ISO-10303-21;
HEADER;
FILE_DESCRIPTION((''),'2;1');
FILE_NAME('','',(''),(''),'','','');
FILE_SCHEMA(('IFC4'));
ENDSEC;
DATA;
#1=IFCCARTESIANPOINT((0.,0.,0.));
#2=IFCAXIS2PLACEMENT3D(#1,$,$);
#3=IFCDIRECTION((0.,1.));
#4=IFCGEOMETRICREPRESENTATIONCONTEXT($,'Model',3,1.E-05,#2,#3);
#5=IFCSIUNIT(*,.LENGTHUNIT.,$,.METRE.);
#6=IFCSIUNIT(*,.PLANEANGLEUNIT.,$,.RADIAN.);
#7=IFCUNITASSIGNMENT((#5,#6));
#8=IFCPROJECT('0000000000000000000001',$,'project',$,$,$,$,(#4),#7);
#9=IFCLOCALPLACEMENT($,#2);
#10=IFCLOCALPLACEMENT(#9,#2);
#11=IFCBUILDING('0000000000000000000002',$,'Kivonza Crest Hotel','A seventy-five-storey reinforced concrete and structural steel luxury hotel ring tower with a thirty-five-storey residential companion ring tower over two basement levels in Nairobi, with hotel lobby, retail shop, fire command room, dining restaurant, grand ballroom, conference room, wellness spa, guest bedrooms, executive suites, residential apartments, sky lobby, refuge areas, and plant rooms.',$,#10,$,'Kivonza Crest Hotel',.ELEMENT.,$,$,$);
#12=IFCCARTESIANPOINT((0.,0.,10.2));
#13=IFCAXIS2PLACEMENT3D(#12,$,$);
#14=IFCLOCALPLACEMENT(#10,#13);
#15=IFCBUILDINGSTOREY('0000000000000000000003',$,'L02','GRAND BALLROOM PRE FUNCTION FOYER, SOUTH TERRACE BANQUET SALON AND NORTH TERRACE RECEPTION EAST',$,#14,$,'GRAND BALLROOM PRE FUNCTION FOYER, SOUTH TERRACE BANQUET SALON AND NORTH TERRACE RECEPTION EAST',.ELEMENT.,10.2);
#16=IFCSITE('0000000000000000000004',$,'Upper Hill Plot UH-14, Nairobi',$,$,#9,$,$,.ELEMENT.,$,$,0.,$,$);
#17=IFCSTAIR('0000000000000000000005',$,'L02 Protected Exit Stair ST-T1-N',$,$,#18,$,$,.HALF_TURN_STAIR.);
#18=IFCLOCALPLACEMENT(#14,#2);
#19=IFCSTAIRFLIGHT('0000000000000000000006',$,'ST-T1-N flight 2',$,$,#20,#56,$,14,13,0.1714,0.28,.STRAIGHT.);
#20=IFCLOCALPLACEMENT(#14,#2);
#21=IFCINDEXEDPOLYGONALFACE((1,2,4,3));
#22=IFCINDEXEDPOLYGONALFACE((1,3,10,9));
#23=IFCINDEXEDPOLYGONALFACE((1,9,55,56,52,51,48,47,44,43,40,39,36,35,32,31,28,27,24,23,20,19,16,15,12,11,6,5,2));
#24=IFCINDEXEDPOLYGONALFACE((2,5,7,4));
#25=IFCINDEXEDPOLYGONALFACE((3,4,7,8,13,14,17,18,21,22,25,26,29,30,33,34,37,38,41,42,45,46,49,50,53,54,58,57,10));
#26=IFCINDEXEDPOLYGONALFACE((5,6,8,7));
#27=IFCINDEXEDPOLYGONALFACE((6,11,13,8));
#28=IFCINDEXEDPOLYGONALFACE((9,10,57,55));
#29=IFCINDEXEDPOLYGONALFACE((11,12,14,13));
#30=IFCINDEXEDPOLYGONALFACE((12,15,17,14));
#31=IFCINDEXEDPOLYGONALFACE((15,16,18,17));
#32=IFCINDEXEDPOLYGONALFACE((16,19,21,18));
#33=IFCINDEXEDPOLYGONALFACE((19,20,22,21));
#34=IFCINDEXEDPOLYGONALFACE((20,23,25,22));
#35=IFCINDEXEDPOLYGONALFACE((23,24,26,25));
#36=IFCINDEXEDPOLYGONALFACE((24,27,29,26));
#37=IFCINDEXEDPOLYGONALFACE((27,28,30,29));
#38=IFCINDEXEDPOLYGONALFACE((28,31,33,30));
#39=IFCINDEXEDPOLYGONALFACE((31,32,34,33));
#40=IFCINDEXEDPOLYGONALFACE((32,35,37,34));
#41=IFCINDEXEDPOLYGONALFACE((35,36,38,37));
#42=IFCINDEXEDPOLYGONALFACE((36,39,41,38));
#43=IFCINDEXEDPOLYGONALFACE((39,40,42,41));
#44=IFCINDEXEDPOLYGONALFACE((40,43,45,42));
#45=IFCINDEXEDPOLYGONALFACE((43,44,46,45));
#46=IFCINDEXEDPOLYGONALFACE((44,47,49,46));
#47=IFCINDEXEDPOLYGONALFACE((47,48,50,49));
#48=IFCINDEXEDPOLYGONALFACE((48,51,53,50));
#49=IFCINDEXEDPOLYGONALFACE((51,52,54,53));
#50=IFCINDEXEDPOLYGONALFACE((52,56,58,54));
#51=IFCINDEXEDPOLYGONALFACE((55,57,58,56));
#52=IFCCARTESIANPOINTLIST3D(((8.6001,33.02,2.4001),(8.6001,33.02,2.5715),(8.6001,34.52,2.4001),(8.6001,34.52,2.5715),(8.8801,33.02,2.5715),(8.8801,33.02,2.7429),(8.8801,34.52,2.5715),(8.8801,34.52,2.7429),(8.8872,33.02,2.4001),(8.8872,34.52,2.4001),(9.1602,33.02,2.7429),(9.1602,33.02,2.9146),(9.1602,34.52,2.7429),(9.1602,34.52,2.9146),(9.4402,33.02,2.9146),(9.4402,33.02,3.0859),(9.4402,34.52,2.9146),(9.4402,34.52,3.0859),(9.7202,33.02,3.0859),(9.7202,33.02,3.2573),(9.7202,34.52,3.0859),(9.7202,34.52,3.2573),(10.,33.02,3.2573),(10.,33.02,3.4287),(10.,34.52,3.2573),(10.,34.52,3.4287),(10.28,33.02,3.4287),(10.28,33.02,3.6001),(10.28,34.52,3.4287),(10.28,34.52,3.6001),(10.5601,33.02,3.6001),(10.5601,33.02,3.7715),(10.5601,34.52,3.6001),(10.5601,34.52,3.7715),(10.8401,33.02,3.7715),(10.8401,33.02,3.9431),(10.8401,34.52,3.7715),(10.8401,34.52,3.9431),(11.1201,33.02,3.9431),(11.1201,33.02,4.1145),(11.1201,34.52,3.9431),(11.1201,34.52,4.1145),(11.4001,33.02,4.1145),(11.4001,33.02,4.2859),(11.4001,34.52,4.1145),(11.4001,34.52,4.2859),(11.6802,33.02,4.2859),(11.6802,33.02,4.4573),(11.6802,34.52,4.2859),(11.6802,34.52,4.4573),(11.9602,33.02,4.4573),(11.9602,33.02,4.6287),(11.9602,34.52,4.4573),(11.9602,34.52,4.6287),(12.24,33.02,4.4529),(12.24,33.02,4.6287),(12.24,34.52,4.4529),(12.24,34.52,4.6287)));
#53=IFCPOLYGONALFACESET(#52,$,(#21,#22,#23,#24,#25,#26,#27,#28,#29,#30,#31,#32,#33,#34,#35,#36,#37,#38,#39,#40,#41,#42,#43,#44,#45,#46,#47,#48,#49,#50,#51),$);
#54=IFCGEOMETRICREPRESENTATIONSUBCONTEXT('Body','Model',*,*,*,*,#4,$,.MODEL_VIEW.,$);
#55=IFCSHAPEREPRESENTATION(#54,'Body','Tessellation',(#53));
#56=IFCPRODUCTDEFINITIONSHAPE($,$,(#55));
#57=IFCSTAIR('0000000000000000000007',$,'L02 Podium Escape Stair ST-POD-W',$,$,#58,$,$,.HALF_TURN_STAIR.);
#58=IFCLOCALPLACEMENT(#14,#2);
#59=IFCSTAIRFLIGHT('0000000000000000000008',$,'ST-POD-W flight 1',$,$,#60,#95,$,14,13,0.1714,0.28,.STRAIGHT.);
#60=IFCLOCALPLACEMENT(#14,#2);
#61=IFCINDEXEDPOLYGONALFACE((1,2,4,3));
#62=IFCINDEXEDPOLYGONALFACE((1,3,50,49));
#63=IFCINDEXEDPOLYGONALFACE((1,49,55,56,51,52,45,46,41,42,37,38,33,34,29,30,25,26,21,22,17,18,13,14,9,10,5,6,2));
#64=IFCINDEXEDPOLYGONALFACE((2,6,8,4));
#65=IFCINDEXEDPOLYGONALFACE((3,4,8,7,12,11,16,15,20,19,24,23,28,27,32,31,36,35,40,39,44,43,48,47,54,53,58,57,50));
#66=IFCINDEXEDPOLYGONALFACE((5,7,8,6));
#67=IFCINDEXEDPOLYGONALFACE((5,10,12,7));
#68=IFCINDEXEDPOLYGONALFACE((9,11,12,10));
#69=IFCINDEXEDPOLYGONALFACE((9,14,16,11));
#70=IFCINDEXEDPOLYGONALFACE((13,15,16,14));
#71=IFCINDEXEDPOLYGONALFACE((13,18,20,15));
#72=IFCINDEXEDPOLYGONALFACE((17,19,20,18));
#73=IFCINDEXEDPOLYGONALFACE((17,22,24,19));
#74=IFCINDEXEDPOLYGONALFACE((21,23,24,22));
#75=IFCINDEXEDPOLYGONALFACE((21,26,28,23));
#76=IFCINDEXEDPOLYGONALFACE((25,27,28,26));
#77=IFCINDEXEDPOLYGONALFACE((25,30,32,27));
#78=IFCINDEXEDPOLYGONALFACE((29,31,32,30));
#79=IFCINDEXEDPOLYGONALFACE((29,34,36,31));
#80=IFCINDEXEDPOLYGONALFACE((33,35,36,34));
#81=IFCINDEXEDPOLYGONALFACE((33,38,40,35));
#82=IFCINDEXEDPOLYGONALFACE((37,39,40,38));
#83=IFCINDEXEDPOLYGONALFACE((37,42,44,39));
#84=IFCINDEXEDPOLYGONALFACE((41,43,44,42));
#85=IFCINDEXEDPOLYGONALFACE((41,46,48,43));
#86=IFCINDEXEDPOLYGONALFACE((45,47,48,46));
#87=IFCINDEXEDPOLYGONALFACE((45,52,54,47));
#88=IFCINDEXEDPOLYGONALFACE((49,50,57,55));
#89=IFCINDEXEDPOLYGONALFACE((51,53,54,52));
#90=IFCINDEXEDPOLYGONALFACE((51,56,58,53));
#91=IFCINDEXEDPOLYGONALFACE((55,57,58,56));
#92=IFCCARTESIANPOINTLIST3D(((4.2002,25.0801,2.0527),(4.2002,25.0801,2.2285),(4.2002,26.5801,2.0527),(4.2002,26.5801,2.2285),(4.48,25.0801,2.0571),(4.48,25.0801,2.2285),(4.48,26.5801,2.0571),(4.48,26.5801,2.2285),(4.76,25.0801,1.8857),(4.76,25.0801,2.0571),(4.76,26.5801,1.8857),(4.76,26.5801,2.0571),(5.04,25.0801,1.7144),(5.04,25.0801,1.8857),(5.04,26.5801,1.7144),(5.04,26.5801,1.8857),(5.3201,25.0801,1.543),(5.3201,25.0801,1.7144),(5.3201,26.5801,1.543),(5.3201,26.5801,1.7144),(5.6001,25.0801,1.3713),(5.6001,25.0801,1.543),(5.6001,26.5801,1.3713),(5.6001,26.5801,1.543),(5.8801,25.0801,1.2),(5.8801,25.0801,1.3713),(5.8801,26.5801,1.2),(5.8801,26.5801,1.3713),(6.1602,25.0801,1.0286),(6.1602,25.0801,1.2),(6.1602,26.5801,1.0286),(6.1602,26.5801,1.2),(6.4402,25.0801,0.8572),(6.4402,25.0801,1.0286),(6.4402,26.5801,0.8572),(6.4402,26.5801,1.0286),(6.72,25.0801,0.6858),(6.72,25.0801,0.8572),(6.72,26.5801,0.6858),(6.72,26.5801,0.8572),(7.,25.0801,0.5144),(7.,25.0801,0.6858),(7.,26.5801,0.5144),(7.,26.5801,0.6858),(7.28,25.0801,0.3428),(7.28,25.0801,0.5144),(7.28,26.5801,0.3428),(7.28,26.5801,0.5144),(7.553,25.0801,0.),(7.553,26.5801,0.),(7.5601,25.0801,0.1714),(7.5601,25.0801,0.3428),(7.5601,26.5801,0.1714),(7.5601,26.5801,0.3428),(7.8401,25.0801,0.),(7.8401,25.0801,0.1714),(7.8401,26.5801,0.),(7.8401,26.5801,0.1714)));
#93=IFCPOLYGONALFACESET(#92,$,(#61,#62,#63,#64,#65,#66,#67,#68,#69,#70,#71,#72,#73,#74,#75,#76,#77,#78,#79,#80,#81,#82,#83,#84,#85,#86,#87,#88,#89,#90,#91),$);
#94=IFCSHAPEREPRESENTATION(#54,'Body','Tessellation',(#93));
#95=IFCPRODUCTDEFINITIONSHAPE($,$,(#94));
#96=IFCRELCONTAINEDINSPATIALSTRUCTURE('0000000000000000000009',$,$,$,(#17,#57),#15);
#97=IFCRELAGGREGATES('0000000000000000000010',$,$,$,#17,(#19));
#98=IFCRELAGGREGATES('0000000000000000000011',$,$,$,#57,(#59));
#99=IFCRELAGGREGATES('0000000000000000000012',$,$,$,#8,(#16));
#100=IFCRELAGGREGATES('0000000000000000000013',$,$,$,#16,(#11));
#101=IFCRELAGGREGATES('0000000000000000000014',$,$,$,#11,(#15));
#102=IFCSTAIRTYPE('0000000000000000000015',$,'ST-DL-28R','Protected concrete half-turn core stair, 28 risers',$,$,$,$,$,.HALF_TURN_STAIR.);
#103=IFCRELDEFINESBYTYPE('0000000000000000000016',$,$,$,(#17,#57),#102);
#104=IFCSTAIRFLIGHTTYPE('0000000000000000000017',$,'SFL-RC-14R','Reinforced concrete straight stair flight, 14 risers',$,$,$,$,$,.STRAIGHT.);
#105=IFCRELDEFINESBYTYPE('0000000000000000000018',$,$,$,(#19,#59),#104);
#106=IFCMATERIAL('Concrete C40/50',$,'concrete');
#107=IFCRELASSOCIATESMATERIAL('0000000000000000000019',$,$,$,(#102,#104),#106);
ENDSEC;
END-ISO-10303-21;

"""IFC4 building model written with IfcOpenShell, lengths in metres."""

from ifc_helpers import new_model, si_unit, direction, frame, origin, place, context, subcontext, project, spatial, polyline, outline, extrude, material, type_object, element, aggregate, save


model = new_model("IFC4")

# Units and contexts
model_context = context("Model", 3, precision=1e-05, world=origin(), true_north=direction((0.0, 1.0)))
body_context = subcontext(model_context, "Body", "Model", "MODEL_VIEW")
ifc_project = project(units=[si_unit("LENGTHUNIT", "METRE"), si_unit("PLANEANGLEUNIT", "RADIAN")], contexts=[model_context])

# Site, building, storey
site_placement = place(None, origin())
site = spatial("IfcSite", under=ifc_project, at=site_placement, Name="Upper Hill Plot UH-14, Nairobi", CompositionType="ELEMENT", RefElevation=0.0)
building_placement = place(site_placement, origin())
building = spatial("IfcBuilding", under=site, at=building_placement, Name="Kivonza Crest Hotel", Description="A seventy-five-storey reinforced concrete and structural steel luxury hotel ring tower with a thirty-five-storey residential companion ring tower over two basement levels in Nairobi, with hotel lobby, retail shop, fire command room, dining restaurant, grand ballroom, conference room, wellness spa, guest bedrooms, executive suites, residential apartments, sky lobby, refuge areas, and plant rooms.", LongName="Kivonza Crest Hotel", CompositionType="ELEMENT")
storey_placement = place(building_placement, frame((0.0, 0.0, 10.2)))
storey = spatial("IfcBuildingStorey", under=building, at=storey_placement, Name="L02", Description="GRAND BALLROOM PRE FUNCTION FOYER, SOUTH TERRACE BANQUET SALON AND NORTH TERRACE RECEPTION EAST", LongName="GRAND BALLROOM PRE FUNCTION FOYER, SOUTH TERRACE BANQUET SALON AND NORTH TERRACE RECEPTION EAST", CompositionType="ELEMENT", Elevation=10.2)

# Stair, stair flight
ifc_material_1 = material(Name="Concrete C40/50", Category="concrete")
stair_type = type_object("IfcStairType", Name="ST-DL-28R", Description="Protected concrete half-turn core stair, 28 risers", PredefinedType="HALF_TURN_STAIR", material=ifc_material_1)
stair_1_placement = place(storey_placement, origin())
stair_1 = element("IfcStair", 1, at=stair_1_placement, inside=storey, type_object=stair_type, Name="L02 Protected Exit Stair ST-T1-N", PredefinedType="HALF_TURN_STAIR")
stair_flight_type = type_object("IfcStairFlightType", Name="SFL-RC-14R", Description="Reinforced concrete straight stair flight, 14 risers", PredefinedType="STRAIGHT", material=ifc_material_1)
stair_flight_1_placement = place(storey_placement, frame((8.6001, 33.77, 2.4001), z_axis=(0.0, 0.0, 1.0), x_axis=(1.0, 0.0, 0.0)))
stair_flight_1 = element("IfcStairFlight", 2, at=stair_flight_1_placement, type_object=stair_flight_type, Name="ST-T1-N flight 2", NumberOfRisers=14, NumberOfTreads=13, PredefinedType="STRAIGHT", RiserHeight=0.1714, TreadLength=0.28, context=body_context, shape_type="SweptSolid", body=[
    extrude(outline(polyline([(0.0, 0.0), (0.0, 0.1714), (0.28, 0.1714), (0.28, 0.3428), (0.5601, 0.3428), (0.5601, 0.5144), (0.8401, 0.5144), (0.8401, 0.6858), (1.1201, 0.6858), (1.1201, 0.8572), (1.3999, 0.8572), (1.3999, 1.0286), (1.6799, 1.0286), (1.6799, 1.2), (1.96, 1.2), (1.96, 1.3713), (2.24, 1.3713), (2.24, 1.543), (2.52, 1.543), (2.52, 1.7144), (2.8, 1.7144), (2.8, 1.8857), (3.0801, 1.8857), (3.0801, 2.0571), (3.3601, 2.0571), (3.3601, 2.2285), (3.6399, 2.2285), (3.6399, 2.3999), (3.6399, 2.0527), (0.2871, 0.0), (0.0, 0.0)])), frame((0.0, 0.75, 0.0), z_axis=(0.0, -1.0, 0.0), x_axis=(1.0, 0.0, 0.0)), (0.0, 0.0, 1.0), 1.5),
])
aggregate(stair_1, [stair_flight_1])

# Stair, stair flight
stair_2_placement = place(storey_placement, origin())
stair_2 = element("IfcStair", 3, at=stair_2_placement, inside=storey, type_object=stair_type, Name="L02 Podium Escape Stair ST-POD-W", PredefinedType="HALF_TURN_STAIR")
stair_flight_2_placement = place(storey_placement, frame((7.8401, 25.8301, 0.0), z_axis=(0.0, 0.0, 1.0), x_axis=(-1.0, 0.0, 0.0)))
stair_flight_2 = element("IfcStairFlight", 4, at=stair_flight_2_placement, type_object=stair_flight_type, Name="ST-POD-W flight 1", NumberOfRisers=14, NumberOfTreads=13, PredefinedType="STRAIGHT", RiserHeight=0.1714, TreadLength=0.28, context=body_context, shape_type="SweptSolid", body=[
    extrude(outline(polyline([(0.0, 0.0), (0.0, 0.1714), (0.28, 0.1714), (0.28, 0.3428), (0.5601, 0.3428), (0.5601, 0.5144), (0.8401, 0.5144), (0.8401, 0.6858), (1.1201, 0.6858), (1.1201, 0.8572), (1.3999, 0.8572), (1.3999, 1.0286), (1.6799, 1.0286), (1.6799, 1.2), (1.96, 1.2), (1.96, 1.3713), (2.24, 1.3713), (2.24, 1.543), (2.52, 1.543), (2.52, 1.7144), (2.8, 1.7144), (2.8, 1.8857), (3.0801, 1.8857), (3.0801, 2.0571), (3.3601, 2.0571), (3.3601, 2.2285), (3.6399, 2.2285), (3.6399, 2.3999), (3.6399, 2.0527), (0.2871, 0.0), (0.0, 0.0)])), frame((0.0, 0.75, 0.0), z_axis=(0.0, -1.0, 0.0), x_axis=(1.0, 0.0, 0.0)), (0.0, 0.0, 1.0), 1.5),
])
aggregate(stair_2, [stair_flight_2])

save(model, "model.ifc")
